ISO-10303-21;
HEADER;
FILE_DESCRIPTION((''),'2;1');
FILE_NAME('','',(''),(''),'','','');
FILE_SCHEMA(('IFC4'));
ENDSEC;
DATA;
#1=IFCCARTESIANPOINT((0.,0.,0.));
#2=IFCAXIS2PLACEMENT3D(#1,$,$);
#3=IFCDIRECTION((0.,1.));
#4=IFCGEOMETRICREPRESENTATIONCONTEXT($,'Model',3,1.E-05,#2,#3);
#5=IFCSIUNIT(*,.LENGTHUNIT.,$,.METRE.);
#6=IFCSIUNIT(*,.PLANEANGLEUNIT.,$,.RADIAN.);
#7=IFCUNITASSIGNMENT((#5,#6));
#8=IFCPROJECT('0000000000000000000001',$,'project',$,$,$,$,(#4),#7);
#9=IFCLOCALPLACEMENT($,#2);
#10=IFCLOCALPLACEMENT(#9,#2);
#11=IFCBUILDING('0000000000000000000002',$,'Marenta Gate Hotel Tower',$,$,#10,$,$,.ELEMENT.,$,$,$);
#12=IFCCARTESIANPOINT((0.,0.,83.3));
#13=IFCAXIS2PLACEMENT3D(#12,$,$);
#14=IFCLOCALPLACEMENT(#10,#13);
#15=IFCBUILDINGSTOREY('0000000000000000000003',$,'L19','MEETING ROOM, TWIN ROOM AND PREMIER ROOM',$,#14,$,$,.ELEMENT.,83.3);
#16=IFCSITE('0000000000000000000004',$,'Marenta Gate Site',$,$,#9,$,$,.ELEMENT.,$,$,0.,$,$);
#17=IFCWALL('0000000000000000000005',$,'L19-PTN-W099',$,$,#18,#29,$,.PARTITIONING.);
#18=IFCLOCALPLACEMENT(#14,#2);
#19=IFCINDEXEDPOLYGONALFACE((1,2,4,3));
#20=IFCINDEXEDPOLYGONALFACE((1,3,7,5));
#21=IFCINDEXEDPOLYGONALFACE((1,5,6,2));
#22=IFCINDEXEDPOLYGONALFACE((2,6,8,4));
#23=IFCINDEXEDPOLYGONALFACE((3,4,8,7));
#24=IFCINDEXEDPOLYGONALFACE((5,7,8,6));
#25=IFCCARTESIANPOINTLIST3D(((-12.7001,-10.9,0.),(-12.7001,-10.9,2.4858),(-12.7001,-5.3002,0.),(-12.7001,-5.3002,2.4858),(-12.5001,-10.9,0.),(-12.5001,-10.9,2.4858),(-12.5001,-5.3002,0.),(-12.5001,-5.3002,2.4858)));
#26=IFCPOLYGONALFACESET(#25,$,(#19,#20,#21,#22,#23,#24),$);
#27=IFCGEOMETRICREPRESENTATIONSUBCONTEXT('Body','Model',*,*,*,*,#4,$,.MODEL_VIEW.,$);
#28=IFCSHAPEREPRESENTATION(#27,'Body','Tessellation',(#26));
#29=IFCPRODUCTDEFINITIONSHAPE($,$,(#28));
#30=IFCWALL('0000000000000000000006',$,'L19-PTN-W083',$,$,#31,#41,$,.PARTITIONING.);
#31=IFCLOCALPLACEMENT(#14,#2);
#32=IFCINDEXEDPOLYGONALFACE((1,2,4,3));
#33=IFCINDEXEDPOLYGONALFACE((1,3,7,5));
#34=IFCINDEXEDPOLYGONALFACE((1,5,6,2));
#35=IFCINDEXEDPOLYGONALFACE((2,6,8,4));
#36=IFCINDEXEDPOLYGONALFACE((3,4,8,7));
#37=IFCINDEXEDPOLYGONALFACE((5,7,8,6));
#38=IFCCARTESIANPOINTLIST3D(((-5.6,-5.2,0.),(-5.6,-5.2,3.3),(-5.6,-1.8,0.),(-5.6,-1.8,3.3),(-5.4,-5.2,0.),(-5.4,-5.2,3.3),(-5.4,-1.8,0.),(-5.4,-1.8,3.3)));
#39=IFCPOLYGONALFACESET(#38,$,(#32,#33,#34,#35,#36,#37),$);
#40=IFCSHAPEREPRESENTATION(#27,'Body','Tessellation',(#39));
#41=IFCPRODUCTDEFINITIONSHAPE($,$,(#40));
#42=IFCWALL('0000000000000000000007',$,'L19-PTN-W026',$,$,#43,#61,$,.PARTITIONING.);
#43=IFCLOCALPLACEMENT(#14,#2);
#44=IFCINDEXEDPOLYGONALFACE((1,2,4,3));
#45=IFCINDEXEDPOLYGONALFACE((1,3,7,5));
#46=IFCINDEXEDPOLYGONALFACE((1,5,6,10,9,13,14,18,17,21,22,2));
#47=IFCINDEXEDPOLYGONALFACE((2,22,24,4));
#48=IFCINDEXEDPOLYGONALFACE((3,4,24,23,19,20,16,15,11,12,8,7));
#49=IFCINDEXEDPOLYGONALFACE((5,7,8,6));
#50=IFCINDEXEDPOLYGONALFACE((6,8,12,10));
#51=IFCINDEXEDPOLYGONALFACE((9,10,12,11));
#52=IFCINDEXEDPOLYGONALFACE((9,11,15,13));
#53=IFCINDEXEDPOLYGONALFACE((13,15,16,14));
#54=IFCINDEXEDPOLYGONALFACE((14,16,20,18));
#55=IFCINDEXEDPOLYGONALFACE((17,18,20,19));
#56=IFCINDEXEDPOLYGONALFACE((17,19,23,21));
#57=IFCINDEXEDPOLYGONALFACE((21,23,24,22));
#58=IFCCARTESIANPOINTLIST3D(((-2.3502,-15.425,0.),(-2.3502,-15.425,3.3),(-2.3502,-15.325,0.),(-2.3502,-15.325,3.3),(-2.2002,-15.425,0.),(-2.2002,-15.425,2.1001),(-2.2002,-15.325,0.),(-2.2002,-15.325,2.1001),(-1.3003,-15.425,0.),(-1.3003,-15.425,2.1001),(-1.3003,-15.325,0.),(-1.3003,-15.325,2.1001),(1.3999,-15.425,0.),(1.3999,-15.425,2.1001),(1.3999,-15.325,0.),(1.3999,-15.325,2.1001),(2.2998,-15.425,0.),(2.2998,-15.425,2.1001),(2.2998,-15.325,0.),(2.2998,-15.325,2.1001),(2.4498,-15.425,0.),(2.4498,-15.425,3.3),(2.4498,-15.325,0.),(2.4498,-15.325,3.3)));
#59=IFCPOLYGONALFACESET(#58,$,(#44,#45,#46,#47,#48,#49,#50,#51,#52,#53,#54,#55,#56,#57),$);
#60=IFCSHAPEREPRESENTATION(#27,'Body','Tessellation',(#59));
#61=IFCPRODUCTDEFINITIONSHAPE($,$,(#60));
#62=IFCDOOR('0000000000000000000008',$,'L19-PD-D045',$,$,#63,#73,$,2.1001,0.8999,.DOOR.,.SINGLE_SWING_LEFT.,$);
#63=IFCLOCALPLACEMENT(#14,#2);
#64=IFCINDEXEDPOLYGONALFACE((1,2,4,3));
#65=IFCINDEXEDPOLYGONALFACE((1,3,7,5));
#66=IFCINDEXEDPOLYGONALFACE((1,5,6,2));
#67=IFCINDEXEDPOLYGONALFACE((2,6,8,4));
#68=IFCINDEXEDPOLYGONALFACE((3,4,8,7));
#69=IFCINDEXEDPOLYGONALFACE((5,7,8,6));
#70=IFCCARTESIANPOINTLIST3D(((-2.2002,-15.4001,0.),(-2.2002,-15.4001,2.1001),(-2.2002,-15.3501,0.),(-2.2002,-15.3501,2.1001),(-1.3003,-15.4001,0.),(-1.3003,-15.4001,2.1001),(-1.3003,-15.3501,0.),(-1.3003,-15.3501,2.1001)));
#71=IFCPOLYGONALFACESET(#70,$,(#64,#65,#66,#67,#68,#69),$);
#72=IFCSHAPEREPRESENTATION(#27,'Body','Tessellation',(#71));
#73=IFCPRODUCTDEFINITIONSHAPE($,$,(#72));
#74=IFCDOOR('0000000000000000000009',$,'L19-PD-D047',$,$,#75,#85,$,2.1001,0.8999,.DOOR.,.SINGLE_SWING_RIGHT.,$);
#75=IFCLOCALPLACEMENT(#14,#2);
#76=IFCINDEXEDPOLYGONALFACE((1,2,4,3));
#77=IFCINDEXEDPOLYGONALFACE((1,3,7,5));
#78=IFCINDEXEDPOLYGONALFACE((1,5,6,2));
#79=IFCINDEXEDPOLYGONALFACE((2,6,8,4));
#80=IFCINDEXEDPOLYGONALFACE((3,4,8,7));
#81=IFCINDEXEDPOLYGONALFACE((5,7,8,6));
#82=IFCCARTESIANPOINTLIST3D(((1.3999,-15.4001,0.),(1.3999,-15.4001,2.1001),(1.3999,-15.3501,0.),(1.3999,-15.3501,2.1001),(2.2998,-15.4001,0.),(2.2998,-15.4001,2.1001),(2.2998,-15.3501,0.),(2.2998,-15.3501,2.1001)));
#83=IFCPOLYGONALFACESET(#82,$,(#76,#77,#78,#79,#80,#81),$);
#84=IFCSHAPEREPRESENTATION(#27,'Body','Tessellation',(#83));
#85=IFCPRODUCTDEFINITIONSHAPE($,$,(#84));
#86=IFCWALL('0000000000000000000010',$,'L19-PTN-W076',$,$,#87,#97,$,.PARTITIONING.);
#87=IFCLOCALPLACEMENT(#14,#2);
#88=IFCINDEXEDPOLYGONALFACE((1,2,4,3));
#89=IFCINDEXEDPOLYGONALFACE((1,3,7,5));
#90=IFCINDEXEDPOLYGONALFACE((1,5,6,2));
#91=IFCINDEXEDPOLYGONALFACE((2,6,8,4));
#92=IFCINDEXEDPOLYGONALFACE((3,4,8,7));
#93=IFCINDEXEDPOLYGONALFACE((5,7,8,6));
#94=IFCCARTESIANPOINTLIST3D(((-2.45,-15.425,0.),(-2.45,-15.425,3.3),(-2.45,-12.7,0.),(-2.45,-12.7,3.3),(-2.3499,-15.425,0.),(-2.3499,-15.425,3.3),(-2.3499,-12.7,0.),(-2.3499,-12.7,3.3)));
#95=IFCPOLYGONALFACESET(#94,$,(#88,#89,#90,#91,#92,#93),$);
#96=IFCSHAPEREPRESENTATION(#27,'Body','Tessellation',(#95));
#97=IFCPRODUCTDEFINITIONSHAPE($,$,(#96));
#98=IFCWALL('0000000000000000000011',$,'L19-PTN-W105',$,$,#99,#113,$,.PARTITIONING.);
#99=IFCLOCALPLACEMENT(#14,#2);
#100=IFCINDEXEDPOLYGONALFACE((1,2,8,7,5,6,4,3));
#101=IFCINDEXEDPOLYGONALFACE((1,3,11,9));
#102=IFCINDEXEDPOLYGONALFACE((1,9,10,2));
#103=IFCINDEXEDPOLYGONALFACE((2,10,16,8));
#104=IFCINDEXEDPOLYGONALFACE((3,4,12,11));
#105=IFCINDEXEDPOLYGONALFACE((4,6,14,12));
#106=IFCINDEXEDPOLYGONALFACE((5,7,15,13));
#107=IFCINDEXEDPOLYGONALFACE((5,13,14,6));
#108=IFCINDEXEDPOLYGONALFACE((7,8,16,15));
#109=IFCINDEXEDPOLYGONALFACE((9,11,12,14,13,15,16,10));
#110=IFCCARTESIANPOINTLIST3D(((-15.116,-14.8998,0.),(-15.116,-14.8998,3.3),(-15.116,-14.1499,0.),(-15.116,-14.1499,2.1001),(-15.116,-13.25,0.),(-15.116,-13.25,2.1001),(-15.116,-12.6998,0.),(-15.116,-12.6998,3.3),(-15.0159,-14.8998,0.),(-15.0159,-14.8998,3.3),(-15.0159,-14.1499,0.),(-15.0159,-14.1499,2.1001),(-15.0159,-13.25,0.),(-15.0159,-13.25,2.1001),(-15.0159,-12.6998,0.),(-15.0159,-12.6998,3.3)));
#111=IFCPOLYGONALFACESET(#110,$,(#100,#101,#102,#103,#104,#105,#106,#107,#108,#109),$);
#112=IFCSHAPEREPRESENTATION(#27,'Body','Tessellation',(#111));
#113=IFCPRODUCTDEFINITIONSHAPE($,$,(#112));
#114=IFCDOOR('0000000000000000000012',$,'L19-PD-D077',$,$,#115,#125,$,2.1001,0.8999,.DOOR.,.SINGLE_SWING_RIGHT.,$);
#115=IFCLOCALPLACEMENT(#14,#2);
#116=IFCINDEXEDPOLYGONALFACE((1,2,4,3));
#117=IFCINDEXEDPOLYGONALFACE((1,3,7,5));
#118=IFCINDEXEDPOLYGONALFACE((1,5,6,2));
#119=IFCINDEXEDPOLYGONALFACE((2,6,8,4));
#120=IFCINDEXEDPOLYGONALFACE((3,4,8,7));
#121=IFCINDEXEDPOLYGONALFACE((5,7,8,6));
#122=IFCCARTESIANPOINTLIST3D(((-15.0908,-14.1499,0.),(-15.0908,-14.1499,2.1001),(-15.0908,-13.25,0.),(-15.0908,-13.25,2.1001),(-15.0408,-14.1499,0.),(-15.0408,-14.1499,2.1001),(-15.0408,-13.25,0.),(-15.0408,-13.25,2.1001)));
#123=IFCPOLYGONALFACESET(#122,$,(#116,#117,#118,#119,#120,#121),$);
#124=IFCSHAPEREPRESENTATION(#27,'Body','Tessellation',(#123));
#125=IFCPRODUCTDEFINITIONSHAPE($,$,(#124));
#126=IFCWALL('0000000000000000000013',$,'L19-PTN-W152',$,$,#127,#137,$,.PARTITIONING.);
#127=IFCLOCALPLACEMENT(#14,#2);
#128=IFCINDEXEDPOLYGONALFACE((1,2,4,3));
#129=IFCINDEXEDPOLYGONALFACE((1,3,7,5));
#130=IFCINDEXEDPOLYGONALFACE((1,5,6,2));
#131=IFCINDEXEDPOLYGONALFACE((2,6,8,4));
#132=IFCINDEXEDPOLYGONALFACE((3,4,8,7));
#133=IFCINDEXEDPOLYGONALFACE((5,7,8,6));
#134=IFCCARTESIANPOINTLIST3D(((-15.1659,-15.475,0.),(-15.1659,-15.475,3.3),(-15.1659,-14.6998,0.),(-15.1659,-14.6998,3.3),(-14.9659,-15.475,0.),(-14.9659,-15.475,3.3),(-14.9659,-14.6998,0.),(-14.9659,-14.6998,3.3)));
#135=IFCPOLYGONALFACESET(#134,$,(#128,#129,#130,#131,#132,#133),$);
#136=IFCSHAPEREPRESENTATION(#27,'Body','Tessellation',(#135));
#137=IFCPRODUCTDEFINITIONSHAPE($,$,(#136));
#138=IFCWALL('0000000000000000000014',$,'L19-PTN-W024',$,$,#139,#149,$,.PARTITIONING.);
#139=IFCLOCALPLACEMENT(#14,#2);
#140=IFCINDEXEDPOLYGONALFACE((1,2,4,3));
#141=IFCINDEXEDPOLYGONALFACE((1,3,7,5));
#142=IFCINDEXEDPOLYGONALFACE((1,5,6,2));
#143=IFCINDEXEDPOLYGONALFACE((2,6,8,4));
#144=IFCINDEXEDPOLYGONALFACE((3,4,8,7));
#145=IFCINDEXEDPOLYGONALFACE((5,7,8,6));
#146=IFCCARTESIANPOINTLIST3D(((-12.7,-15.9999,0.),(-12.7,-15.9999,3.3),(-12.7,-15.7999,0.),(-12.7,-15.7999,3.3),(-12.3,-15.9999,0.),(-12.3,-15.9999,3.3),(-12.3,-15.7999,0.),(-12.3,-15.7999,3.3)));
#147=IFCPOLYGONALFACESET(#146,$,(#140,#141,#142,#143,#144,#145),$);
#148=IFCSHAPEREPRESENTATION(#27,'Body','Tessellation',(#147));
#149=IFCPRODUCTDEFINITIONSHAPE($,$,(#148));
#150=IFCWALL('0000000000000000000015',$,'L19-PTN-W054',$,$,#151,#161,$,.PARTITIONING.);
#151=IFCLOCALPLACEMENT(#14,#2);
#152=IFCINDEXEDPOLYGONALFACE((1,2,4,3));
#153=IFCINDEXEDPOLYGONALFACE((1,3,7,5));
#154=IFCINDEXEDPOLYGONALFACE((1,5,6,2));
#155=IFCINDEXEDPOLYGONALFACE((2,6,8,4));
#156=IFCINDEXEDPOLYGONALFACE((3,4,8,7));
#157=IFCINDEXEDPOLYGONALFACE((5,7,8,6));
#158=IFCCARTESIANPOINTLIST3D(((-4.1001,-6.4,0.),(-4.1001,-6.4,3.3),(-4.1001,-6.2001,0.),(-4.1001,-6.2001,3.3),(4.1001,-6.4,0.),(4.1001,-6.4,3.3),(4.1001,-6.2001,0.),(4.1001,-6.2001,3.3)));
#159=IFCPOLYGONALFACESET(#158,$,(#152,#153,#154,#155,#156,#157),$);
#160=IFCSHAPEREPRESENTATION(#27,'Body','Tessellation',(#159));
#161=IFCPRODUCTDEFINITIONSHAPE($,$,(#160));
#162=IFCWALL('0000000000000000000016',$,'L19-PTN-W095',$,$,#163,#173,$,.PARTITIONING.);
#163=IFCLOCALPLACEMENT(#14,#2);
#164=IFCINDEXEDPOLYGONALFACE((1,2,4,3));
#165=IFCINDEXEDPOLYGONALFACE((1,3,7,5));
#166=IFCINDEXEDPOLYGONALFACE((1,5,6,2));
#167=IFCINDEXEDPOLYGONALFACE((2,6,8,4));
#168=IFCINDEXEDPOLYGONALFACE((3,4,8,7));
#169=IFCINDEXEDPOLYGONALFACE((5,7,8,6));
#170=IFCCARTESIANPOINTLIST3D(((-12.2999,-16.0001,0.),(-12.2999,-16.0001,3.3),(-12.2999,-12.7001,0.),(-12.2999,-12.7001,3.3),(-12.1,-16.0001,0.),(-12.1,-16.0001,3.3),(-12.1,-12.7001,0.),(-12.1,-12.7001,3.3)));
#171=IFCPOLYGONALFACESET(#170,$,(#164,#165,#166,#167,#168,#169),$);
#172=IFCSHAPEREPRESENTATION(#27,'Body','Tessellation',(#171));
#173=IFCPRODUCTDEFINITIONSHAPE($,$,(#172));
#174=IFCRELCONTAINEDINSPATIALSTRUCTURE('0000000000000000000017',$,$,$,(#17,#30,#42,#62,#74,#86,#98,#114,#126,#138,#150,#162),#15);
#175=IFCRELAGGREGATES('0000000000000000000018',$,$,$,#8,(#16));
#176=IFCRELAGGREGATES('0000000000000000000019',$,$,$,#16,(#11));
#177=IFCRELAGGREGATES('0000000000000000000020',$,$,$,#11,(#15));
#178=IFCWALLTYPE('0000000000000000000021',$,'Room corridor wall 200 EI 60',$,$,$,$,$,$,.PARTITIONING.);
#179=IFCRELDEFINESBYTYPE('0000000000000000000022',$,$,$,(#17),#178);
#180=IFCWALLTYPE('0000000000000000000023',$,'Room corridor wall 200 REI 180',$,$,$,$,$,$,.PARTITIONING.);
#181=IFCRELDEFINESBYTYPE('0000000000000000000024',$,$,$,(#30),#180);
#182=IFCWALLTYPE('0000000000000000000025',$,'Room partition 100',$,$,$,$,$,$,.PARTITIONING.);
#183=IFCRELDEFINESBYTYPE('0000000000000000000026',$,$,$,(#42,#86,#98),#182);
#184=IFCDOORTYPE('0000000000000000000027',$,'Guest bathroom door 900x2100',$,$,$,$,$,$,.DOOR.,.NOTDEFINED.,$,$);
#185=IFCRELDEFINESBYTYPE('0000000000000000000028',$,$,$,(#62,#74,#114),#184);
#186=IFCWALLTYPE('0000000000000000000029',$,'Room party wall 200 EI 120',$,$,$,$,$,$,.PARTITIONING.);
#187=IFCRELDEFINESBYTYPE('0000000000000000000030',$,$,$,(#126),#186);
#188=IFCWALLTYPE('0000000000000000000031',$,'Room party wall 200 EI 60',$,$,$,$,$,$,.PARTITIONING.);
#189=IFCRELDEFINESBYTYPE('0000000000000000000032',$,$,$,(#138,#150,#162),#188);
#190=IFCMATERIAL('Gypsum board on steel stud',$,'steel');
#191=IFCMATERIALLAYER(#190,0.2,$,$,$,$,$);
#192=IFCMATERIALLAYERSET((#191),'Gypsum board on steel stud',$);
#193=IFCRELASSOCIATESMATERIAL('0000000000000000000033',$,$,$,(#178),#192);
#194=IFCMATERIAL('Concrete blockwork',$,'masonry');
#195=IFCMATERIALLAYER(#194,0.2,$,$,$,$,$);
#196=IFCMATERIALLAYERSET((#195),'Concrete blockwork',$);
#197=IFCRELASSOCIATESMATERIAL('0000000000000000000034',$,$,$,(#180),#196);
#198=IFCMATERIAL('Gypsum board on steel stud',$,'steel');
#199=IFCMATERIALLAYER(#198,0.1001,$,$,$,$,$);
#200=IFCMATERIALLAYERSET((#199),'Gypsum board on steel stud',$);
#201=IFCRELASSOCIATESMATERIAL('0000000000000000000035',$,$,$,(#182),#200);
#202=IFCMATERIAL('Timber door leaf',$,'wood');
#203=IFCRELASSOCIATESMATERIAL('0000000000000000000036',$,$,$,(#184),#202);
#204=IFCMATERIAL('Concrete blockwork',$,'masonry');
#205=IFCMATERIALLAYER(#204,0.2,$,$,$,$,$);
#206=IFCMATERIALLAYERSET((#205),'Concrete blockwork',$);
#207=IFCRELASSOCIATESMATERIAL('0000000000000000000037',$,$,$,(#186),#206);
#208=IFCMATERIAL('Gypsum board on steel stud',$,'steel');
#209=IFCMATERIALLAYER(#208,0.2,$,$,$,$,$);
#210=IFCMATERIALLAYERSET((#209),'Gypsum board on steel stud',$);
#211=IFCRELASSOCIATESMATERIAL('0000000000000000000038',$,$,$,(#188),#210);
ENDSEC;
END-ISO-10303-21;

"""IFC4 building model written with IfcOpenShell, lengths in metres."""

from ifc_helpers import new_model, si_unit, direction, frame, frame_2d, origin, place, context, subcontext, project, spatial, rectangle, extrude, material, layer, layer_set, type_object, element, fill, save


model = new_model("IFC4")

# Units and contexts
model_context = context("Model", 3, precision=1e-05, world=origin(), true_north=direction((0.0, 1.0)))
body_context = subcontext(model_context, "Body", "Model", "MODEL_VIEW")
ifc_project = project(units=[si_unit("LENGTHUNIT", "METRE"), si_unit("PLANEANGLEUNIT", "RADIAN")], contexts=[model_context])

# Site, building, storey
site_placement = place(None, origin())
site = spatial("IfcSite", under=ifc_project, at=site_placement, Name="Marenta Gate Site", CompositionType="ELEMENT", RefElevation=0.0)
building_placement = place(site_placement, origin())
building = spatial("IfcBuilding", under=site, at=building_placement, Name="Marenta Gate Hotel Tower", CompositionType="ELEMENT")
storey_placement = place(building_placement, frame((0.0, 0.0, 83.3)))
storey = spatial("IfcBuildingStorey", under=building, at=storey_placement, Name="L19", Description="MEETING ROOM, TWIN ROOM AND PREMIER ROOM", CompositionType="ELEMENT", Elevation=83.3)

# Shared definitions
ifc_material_1 = material(Name="Gypsum board on steel stud", Category="steel")
ifc_layer_1 = layer(ifc_material_1, 0.2)
ifc_layer_set_1 = layer_set([ifc_layer_1], Name="Gypsum board on steel stud")
wall_type_1 = type_object("IfcWallType", Name="Room corridor wall 200 EI 60", PredefinedType="PARTITIONING", material=ifc_layer_set_1)

# Wall
wall_1_placement = place(storey_placement, frame((-12.6001, -10.8999, 0.0), z_axis=(0.0, 0.0, 1.0), x_axis=(0.0, 1.0, 0.0)))
element("IfcWall", 1, at=wall_1_placement, inside=storey, type_object=wall_type_1, Name="L19-PTN-W099", PredefinedType="PARTITIONING", context=body_context, shape_type="SweptSolid", body=[
    extrude(rectangle(XDim=5.5999, YDim=0.2, at=frame_2d((2.7998, 0.0))), origin(), (0.0, 0.0, 1.0), 2.4858),
])

# Shared definitions
ifc_material_2 = material(Name="Concrete blockwork", Category="masonry")
ifc_layer_2 = layer(ifc_material_2, 0.2)
ifc_layer_set_2 = layer_set([ifc_layer_2], Name="Concrete blockwork")
wall_type_2 = type_object("IfcWallType", Name="Room corridor wall 200 REI 180", PredefinedType="PARTITIONING", material=ifc_layer_set_2)

# Wall
wall_2_placement = place(storey_placement, frame((-5.5, -5.2, 0.0), z_axis=(0.0, 0.0, 1.0), x_axis=(0.0, 1.0, 0.0)))
element("IfcWall", 2, at=wall_2_placement, inside=storey, type_object=wall_type_2, Name="L19-PTN-W083", PredefinedType="PARTITIONING", context=body_context, shape_type="SweptSolid", body=[
    extrude(rectangle(XDim=3.3999, YDim=0.2, at=frame_2d((1.7, 0.0))), origin(), (0.0, 0.0, 1.0), 3.3),
])

# Wall, openings, doors
ifc_material_3 = material(Name="Gypsum board on steel stud", Category="steel")
ifc_layer_3 = layer(ifc_material_3, 0.1001)
ifc_layer_set_3 = layer_set([ifc_layer_3], Name="Gypsum board on steel stud")
wall_type_3 = type_object("IfcWallType", Name="Room partition 100", PredefinedType="PARTITIONING", material=ifc_layer_set_3)
wall_3_placement = place(storey_placement, frame((-2.3501, -15.375, 0.0), z_axis=(0.0, 0.0, 1.0), x_axis=(1.0, 0.0, 0.0)))
wall_3 = element("IfcWall", 3, at=wall_3_placement, inside=storey, type_object=wall_type_3, Name="L19-PTN-W026", PredefinedType="PARTITIONING", context=body_context, shape_type="SweptSolid", body=[
    extrude(rectangle(XDim=4.8, YDim=0.1001, at=frame_2d((2.3999, 0.0))), origin(), (0.0, 0.0, 1.0), 3.3),
])
opening_1_placement = place(wall_3_placement, frame((0.1499, 0.0, 0.0)))
opening_1 = element("IfcOpeningElement", 4, at=opening_1_placement, cuts=wall_3, PredefinedType="OPENING", context=body_context, shape_type="SweptSolid", body=[
    extrude(rectangle(XDim=0.8999, YDim=2.1001, at=frame_2d((0.45, 1.05))), frame((0.0, 0.05, 0.0), z_axis=(0.0, -1.0, 0.0), x_axis=(1.0, 0.0, 0.0)), (0.0, 0.0, 1.0), 0.1001),
])
opening_2_placement = place(wall_3_placement, frame((3.75, 0.0, 0.0)))
opening_2 = element("IfcOpeningElement", 5, at=opening_2_placement, cuts=wall_3, PredefinedType="OPENING", context=body_context, shape_type="SweptSolid", body=[
    extrude(rectangle(XDim=0.8999, YDim=2.1001, at=frame_2d((0.45, 1.05))), frame((0.0, 0.05, 0.0), z_axis=(0.0, -1.0, 0.0), x_axis=(1.0, 0.0, 0.0)), (0.0, 0.0, 1.0), 0.1001),
])
ifc_material_4 = material(Name="Timber door leaf", Category="wood")
door_type_1 = type_object("IfcDoorType", Name="Guest bathroom door 900x2100", OperationType="NOTDEFINED", PredefinedType="DOOR", material=ifc_material_4)
door_1_placement = place(opening_1_placement, origin())
door_1 = element("IfcDoor", 6, at=door_1_placement, inside=storey, type_object=door_type_1, Name="L19-PD-D045", OperationType="SINGLE_SWING_LEFT", OverallHeight=2.1001, OverallWidth=0.8999, PredefinedType="DOOR", context=body_context, shape_type="SweptSolid", body=[
    extrude(rectangle(XDim=0.8999, YDim=2.1001, at=frame_2d((0.45, 1.05))), frame((0.0, 0.0249, 0.0), z_axis=(0.0, -1.0, 0.0), x_axis=(1.0, 0.0, 0.0)), (0.0, 0.0, 1.0), 0.05),
])
fill(opening_1, door_1)
door_2_placement = place(opening_2_placement, origin())
door_2 = element("IfcDoor", 7, at=door_2_placement, inside=storey, type_object=door_type_1, Name="L19-PD-D047", OperationType="SINGLE_SWING_RIGHT", OverallHeight=2.1001, OverallWidth=0.8999, PredefinedType="DOOR", context=body_context, shape_type="SweptSolid", body=[
    extrude(rectangle(XDim=0.8999, YDim=2.1001, at=frame_2d((0.45, 1.05))), frame((0.0, 0.0249, 0.0), z_axis=(0.0, -1.0, 0.0), x_axis=(1.0, 0.0, 0.0)), (0.0, 0.0, 1.0), 0.05),
])
fill(opening_2, door_2)

# Wall
wall_4_placement = place(storey_placement, frame((-2.3999, -15.425, 0.0), z_axis=(0.0, 0.0, 1.0), x_axis=(0.0, 1.0, 0.0)))
element("IfcWall", 8, at=wall_4_placement, inside=storey, type_object=wall_type_3, Name="L19-PTN-W076", PredefinedType="PARTITIONING", context=body_context, shape_type="SweptSolid", body=[
    extrude(rectangle(XDim=2.7251, YDim=0.1001, at=frame_2d((1.3625, 0.0))), origin(), (0.0, 0.0, 1.0), 3.3),
])

# Wall, opening, door
wall_5_placement = place(storey_placement, frame((-15.0659, -14.8999, 0.0), z_axis=(0.0, 0.0, 1.0), x_axis=(0.0, 1.0, 0.0)))
wall_5 = element("IfcWall", 9, at=wall_5_placement, inside=storey, type_object=wall_type_3, Name="L19-PTN-W105", PredefinedType="PARTITIONING", context=body_context, shape_type="SweptSolid", body=[
    extrude(rectangle(XDim=2.2, YDim=0.1001, at=frame_2d((1.1001, 0.0))), origin(), (0.0, 0.0, 1.0), 3.3),
])
opening_3_placement = place(wall_5_placement, frame((0.75, 0.0, 0.0)))
opening_3 = element("IfcOpeningElement", 10, at=opening_3_placement, cuts=wall_5, PredefinedType="OPENING", context=body_context, shape_type="SweptSolid", body=[
    extrude(rectangle(XDim=0.8999, YDim=2.1001, at=frame_2d((0.45, 1.05))), frame((0.0, 0.05, 0.0), z_axis=(0.0, -1.0, 0.0), x_axis=(1.0, 0.0, 0.0)), (0.0, 0.0, 1.0), 0.1001),
])
door_3_placement = place(opening_3_placement, origin())
door_3 = element("IfcDoor", 11, at=door_3_placement, inside=storey, type_object=door_type_1, Name="L19-PD-D077", OperationType="SINGLE_SWING_RIGHT", OverallHeight=2.1001, OverallWidth=0.8999, PredefinedType="DOOR", context=body_context, shape_type="SweptSolid", body=[
    extrude(rectangle(XDim=0.8999, YDim=2.1001, at=frame_2d((0.45, 1.05))), frame((0.0, 0.0249, 0.0), z_axis=(0.0, -1.0, 0.0), x_axis=(1.0, 0.0, 0.0)), (0.0, 0.0, 1.0), 0.05),
])
fill(opening_3, door_3)

# Walls
ifc_material_5 = material(Name="Concrete blockwork", Category="masonry")
ifc_layer_4 = layer(ifc_material_5, 0.2)
ifc_layer_set_4 = layer_set([ifc_layer_4], Name="Concrete blockwork")
wall_type_4 = type_object("IfcWallType", Name="Room party wall 200 EI 120", PredefinedType="PARTITIONING", material=ifc_layer_set_4)
wall_6_placement = place(storey_placement, frame((-15.0659, -15.4751, 0.0), z_axis=(0.0, 0.0, 1.0), x_axis=(0.0, 1.0, 0.0)))
element("IfcWall", 12, at=wall_6_placement, inside=storey, type_object=wall_type_4, Name="L19-PTN-W152", PredefinedType="PARTITIONING", context=body_context, shape_type="SweptSolid", body=[
    extrude(rectangle(XDim=0.7751, YDim=0.2, at=frame_2d((0.3877, 0.0))), origin(), (0.0, 0.0, 1.0), 3.3),
])
ifc_material_6 = material(Name="Gypsum board on steel stud", Category="steel")
ifc_layer_5 = layer(ifc_material_6, 0.2)
ifc_layer_set_5 = layer_set([ifc_layer_5], Name="Gypsum board on steel stud")
wall_type_5 = type_object("IfcWallType", Name="Room party wall 200 EI 60", PredefinedType="PARTITIONING", material=ifc_layer_set_5)
wall_7_placement = place(storey_placement, frame((-12.7, -15.8999, 0.0), z_axis=(0.0, 0.0, 1.0), x_axis=(1.0, 0.0, 0.0)))
element("IfcWall", 13, at=wall_7_placement, inside=storey, type_object=wall_type_5, Name="L19-PTN-W024", PredefinedType="PARTITIONING", context=body_context, shape_type="SweptSolid", body=[
    extrude(rectangle(XDim=0.3999, YDim=0.2, at=frame_2d((0.2, 0.0))), origin(), (0.0, 0.0, 1.0), 3.3),
])
wall_8_placement = place(storey_placement, frame((-4.1001, -6.3, 0.0), z_axis=(0.0, 0.0, 1.0), x_axis=(1.0, 0.0, 0.0)))
element("IfcWall", 14, at=wall_8_placement, inside=storey, type_object=wall_type_5, Name="L19-PTN-W054", PredefinedType="PARTITIONING", context=body_context, shape_type="SweptSolid", body=[
    extrude(rectangle(XDim=8.2002, YDim=0.2, at=frame_2d((4.1001, 0.0))), origin(), (0.0, 0.0, 1.0), 3.3),
])
wall_9_placement = place(storey_placement, frame((-12.2, -16.0, 0.0), z_axis=(0.0, 0.0, 1.0), x_axis=(0.0, 1.0, 0.0)))
element("IfcWall", 15, at=wall_9_placement, inside=storey, type_object=wall_type_5, Name="L19-PTN-W095", PredefinedType="PARTITIONING", context=body_context, shape_type="SweptSolid", body=[
    extrude(rectangle(XDim=3.3, YDim=0.2, at=frame_2d((1.6499, 0.0))), origin(), (0.0, 0.0, 1.0), 3.3),
])

save(model, "model.ifc")
